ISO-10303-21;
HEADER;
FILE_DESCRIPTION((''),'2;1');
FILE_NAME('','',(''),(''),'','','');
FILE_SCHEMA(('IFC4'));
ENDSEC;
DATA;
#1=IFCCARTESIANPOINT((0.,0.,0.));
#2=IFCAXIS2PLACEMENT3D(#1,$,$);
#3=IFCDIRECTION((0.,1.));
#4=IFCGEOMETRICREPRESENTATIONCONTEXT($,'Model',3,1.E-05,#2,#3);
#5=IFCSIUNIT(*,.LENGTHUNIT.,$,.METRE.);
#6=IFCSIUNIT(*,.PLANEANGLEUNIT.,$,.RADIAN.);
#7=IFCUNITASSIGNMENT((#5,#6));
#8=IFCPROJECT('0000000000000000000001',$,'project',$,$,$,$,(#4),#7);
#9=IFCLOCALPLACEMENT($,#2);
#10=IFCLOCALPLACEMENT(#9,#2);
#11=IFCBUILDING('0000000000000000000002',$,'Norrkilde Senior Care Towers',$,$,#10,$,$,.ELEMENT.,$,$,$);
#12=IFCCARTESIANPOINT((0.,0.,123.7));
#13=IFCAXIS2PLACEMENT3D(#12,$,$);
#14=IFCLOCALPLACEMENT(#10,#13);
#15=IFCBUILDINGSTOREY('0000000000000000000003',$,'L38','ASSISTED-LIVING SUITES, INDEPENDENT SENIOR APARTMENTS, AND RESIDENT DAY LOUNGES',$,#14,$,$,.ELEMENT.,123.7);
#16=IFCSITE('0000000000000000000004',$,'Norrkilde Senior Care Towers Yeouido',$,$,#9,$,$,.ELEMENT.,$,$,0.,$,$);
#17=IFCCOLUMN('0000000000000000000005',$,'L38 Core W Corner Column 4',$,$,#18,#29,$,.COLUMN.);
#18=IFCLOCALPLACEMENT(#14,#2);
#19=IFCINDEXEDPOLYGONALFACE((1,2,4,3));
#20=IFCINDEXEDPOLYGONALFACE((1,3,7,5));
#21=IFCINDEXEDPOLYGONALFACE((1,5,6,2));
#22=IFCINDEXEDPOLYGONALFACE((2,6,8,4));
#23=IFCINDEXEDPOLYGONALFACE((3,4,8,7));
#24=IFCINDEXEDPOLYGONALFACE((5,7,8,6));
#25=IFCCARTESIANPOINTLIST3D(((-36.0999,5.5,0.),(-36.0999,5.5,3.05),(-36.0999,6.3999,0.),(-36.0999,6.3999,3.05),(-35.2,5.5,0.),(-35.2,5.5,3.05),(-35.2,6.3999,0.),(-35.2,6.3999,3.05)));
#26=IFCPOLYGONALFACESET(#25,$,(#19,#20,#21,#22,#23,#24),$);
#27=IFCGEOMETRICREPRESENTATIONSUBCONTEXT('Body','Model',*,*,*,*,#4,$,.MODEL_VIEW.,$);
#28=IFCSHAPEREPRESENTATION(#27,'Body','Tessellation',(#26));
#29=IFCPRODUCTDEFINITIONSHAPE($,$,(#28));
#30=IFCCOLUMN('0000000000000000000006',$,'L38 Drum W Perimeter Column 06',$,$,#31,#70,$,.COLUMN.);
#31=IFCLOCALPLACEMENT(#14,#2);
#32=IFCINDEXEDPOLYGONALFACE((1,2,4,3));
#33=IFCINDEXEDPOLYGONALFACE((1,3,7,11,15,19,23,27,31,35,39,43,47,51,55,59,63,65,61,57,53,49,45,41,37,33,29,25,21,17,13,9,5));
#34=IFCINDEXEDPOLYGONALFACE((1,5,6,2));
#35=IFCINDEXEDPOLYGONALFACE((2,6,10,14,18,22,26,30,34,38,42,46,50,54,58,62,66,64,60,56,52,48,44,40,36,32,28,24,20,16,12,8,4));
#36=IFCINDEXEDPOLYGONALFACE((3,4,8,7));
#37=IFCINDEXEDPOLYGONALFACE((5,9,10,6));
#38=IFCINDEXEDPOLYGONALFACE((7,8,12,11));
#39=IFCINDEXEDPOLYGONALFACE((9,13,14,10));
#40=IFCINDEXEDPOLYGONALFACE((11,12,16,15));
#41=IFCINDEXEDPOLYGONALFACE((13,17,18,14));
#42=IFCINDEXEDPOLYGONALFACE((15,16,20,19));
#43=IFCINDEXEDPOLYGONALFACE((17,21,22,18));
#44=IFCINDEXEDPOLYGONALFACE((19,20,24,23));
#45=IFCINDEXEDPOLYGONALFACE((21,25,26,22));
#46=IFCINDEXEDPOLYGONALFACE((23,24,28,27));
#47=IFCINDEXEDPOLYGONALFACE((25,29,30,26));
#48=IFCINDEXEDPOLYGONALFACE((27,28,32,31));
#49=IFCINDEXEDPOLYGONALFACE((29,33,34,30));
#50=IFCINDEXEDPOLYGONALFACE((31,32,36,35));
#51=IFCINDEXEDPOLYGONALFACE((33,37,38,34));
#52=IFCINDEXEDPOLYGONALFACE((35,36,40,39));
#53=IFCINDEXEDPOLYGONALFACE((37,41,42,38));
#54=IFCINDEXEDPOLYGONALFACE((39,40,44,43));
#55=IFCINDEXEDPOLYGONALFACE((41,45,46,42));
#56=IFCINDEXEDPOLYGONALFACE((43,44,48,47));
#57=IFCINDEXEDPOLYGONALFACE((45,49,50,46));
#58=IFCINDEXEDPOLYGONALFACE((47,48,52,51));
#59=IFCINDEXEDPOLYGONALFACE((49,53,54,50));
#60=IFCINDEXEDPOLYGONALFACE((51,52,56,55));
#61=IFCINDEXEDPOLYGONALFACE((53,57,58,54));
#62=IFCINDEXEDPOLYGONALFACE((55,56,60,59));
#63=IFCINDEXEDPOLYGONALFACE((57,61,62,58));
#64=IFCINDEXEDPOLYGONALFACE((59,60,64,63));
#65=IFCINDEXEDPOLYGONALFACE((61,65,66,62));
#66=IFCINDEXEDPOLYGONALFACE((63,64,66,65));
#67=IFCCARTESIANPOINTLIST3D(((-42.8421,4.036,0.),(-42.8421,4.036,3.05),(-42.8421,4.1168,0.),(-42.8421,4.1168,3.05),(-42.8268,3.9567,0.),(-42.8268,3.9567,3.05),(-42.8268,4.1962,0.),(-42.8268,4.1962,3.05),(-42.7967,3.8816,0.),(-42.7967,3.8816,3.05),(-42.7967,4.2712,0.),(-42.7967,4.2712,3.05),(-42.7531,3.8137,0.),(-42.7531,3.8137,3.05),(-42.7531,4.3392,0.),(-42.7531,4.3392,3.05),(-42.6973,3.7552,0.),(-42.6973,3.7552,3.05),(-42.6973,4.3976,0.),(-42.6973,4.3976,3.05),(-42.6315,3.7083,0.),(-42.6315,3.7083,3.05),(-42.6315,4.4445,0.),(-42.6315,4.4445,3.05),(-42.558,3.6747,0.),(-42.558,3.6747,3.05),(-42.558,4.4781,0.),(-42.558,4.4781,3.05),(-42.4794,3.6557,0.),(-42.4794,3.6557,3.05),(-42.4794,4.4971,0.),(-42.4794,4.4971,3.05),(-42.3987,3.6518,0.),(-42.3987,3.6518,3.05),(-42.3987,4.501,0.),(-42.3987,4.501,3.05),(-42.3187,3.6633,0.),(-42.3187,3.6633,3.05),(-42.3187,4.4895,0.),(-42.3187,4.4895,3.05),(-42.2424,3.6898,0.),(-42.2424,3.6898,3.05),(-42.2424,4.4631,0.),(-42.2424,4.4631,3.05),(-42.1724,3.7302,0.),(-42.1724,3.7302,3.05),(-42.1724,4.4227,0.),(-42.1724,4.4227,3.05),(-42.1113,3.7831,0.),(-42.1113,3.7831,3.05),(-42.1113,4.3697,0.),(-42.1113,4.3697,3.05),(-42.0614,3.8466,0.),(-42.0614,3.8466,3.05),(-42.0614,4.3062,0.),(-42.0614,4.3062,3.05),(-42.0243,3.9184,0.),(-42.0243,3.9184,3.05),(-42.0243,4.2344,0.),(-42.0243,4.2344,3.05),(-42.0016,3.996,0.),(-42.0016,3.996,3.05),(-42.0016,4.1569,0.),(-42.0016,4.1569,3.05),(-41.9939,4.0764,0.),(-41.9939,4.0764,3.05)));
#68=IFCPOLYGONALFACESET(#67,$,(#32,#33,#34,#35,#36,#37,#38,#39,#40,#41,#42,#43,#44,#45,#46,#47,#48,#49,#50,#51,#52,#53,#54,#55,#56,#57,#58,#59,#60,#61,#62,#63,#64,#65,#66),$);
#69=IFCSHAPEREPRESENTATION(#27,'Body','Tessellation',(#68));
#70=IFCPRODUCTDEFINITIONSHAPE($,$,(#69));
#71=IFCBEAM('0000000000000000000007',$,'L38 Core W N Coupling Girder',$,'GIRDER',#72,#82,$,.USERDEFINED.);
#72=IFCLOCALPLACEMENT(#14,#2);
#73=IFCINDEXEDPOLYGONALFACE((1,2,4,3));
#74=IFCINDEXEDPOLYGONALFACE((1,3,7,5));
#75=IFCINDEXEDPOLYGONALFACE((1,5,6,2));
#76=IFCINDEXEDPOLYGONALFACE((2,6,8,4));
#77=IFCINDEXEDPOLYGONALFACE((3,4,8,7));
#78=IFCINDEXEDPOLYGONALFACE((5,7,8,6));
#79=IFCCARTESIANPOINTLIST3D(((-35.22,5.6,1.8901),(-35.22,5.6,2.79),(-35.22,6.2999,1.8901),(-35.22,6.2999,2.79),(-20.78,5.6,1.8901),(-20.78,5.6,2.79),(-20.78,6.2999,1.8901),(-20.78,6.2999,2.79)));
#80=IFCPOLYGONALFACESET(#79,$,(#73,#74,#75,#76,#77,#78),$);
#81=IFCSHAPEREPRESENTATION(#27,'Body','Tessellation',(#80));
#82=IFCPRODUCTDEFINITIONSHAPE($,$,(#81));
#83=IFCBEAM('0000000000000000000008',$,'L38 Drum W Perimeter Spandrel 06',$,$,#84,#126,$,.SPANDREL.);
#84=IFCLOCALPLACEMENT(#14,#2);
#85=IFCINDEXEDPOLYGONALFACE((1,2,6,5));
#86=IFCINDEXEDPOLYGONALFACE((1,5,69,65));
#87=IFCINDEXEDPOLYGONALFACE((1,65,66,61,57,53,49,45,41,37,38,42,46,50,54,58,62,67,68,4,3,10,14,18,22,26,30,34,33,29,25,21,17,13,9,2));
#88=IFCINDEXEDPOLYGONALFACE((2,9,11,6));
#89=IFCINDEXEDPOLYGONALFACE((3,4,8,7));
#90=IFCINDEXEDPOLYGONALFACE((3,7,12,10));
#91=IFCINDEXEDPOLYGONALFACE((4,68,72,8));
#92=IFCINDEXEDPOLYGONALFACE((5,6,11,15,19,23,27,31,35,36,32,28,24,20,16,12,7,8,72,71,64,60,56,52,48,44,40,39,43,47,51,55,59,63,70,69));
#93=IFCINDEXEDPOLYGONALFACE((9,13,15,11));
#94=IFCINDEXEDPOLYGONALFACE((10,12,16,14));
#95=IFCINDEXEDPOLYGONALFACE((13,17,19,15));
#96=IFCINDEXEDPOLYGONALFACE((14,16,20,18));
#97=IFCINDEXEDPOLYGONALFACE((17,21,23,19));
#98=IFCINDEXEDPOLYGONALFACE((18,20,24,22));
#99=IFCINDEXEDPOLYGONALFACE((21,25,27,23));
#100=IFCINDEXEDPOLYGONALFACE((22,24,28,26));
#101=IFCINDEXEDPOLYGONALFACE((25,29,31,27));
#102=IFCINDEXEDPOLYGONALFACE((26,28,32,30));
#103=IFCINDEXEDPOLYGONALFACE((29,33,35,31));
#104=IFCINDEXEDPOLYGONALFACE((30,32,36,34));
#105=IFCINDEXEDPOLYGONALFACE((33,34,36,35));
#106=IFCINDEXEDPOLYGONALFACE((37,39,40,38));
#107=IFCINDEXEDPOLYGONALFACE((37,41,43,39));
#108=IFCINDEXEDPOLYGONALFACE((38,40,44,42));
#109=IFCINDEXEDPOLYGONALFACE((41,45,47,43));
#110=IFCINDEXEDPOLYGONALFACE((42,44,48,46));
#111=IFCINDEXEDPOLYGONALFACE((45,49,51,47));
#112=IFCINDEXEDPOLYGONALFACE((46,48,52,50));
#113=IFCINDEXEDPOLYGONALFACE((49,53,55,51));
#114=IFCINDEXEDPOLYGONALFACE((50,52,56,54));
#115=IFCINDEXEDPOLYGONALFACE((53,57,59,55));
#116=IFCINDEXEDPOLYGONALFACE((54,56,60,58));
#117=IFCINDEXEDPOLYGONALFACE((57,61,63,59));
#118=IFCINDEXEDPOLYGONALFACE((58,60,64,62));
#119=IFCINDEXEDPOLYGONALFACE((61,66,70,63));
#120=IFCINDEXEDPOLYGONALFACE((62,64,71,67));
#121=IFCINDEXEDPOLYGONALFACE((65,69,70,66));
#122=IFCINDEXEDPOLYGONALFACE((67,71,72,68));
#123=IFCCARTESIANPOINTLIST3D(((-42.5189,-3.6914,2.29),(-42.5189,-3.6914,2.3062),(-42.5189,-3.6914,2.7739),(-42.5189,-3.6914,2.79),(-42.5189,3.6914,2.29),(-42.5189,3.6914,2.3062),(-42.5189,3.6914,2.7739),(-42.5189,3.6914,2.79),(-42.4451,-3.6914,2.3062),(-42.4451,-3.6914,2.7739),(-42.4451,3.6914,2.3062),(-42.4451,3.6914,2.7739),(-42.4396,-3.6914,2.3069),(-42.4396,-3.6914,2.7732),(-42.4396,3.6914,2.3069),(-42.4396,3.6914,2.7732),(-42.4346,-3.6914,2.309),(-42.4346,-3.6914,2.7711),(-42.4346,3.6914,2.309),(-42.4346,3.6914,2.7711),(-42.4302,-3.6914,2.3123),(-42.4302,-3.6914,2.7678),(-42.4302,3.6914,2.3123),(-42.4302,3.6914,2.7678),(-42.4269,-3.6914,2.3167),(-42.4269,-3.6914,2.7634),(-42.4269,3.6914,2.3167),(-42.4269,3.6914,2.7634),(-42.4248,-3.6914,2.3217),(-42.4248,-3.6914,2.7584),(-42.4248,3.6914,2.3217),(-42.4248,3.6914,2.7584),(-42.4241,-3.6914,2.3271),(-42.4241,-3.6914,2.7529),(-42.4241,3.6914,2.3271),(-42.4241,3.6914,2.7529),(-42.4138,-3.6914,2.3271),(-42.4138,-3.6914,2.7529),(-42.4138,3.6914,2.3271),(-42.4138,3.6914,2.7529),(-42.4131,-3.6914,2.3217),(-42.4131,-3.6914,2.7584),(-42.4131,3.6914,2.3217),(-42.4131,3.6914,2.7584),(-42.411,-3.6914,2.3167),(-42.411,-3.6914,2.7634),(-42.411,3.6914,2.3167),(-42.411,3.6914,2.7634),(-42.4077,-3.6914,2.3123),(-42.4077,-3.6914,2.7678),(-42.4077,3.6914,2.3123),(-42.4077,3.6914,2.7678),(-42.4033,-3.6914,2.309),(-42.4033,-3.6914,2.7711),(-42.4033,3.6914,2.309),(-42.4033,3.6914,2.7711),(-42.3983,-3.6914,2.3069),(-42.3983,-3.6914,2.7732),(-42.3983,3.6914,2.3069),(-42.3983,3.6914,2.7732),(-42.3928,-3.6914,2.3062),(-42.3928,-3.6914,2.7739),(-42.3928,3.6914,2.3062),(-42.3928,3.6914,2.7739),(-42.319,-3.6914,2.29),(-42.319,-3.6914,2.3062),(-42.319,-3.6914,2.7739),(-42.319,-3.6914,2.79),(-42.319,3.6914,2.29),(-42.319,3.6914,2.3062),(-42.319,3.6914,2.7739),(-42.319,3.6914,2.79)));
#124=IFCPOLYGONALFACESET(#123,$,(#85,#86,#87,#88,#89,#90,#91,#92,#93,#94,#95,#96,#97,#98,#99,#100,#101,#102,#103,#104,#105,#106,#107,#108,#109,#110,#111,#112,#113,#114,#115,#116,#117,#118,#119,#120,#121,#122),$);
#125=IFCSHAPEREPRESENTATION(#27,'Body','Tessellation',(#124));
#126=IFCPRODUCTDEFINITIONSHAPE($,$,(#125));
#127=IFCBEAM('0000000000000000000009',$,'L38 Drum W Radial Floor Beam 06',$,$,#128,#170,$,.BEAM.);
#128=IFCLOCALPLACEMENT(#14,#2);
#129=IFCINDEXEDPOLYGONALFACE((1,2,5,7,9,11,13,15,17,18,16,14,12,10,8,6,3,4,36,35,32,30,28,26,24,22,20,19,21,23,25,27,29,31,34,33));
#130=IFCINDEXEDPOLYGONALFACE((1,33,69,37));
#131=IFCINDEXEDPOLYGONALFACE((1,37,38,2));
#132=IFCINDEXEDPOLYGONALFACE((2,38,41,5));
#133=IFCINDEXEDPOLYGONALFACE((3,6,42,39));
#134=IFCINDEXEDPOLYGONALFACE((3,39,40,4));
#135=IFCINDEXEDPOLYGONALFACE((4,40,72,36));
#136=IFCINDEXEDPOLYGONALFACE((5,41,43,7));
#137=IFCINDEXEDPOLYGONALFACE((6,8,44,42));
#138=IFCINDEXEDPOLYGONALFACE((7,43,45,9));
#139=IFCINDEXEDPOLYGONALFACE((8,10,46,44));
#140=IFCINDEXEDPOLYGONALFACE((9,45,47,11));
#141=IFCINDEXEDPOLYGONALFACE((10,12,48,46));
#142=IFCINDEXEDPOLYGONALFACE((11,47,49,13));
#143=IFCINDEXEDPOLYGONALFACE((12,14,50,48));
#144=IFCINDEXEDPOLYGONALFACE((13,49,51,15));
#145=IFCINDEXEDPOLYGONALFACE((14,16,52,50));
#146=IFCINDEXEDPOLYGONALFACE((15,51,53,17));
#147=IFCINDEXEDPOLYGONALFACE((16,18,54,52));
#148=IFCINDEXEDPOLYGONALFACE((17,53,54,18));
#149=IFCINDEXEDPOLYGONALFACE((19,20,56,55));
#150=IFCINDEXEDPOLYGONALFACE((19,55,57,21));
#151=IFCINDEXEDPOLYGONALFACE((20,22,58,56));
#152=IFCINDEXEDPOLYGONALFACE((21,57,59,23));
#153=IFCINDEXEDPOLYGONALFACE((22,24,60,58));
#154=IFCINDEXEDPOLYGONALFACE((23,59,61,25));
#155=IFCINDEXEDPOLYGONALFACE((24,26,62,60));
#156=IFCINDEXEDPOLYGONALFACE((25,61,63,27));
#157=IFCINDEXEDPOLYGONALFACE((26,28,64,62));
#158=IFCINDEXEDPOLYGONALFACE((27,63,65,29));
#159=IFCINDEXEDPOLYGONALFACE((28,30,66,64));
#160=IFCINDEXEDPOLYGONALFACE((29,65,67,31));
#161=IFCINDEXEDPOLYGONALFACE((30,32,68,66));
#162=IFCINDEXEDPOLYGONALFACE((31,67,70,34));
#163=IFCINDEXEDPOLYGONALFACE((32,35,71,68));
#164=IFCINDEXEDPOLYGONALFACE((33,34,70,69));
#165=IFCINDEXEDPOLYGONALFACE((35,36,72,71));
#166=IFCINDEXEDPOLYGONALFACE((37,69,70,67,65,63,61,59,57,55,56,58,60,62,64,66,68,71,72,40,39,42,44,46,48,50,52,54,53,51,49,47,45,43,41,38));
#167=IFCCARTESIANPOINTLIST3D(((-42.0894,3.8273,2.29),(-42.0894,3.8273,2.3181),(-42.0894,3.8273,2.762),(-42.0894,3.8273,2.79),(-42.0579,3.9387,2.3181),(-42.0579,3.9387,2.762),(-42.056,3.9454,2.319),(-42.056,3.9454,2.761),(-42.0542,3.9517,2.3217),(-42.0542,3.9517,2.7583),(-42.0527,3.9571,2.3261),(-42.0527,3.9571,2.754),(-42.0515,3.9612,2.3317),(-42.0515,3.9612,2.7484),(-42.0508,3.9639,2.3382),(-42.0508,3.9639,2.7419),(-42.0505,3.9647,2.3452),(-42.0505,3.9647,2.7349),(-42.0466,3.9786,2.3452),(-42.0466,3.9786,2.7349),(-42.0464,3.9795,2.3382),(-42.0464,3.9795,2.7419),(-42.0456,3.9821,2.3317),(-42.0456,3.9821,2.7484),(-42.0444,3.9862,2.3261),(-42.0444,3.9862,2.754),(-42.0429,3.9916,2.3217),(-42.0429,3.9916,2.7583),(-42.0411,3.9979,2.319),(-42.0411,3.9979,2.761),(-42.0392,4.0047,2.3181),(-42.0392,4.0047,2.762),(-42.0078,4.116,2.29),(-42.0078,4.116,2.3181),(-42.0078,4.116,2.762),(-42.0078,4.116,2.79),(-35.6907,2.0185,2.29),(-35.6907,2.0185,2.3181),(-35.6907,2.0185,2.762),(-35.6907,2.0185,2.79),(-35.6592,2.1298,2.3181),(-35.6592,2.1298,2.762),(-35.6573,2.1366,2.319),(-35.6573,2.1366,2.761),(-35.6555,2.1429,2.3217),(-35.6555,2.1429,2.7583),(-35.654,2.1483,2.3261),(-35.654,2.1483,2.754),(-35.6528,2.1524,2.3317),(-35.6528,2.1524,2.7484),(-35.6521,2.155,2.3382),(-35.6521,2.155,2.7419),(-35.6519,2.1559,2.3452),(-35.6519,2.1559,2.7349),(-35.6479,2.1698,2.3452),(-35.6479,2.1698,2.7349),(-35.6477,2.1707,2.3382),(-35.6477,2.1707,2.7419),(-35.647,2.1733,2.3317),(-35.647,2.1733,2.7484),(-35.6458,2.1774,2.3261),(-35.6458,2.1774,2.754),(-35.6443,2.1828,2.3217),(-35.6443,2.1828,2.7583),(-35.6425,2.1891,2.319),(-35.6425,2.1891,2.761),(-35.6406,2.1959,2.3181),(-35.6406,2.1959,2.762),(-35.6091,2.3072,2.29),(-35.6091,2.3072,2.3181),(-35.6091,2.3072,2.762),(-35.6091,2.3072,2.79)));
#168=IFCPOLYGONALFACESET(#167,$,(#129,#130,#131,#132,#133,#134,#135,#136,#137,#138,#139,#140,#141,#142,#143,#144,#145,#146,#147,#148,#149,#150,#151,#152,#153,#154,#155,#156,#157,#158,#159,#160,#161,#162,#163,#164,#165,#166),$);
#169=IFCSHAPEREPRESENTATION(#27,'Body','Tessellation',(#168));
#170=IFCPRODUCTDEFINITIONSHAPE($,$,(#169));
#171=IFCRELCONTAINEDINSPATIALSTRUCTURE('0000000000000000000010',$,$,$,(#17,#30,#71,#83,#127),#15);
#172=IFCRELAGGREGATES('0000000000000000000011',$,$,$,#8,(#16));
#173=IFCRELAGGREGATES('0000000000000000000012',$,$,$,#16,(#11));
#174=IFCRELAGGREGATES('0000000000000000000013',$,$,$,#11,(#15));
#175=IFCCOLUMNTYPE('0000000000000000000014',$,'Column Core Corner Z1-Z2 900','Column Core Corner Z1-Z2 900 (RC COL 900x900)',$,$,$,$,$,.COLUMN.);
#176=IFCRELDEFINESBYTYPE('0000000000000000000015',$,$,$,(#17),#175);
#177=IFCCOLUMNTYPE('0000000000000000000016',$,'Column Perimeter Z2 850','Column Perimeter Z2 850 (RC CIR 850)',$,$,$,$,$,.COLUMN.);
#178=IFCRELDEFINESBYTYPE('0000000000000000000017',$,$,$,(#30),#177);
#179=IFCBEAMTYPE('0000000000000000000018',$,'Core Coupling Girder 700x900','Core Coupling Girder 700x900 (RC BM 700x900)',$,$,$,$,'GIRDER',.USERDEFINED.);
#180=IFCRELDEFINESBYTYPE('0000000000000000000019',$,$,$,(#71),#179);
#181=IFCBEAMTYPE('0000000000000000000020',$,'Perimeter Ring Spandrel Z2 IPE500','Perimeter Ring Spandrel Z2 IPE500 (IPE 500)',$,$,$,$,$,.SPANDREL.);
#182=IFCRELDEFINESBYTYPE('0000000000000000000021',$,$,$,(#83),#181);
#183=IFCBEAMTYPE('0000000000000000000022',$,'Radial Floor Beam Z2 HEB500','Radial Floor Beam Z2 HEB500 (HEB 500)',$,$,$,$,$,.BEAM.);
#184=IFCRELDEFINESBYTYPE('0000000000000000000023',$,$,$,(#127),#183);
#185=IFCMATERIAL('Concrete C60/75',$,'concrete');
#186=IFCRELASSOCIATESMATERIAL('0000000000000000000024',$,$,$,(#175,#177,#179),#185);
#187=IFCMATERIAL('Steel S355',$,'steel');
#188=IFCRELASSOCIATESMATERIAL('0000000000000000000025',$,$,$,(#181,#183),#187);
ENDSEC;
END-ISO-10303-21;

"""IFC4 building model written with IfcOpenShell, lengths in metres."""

from ifc_helpers import new_model, si_unit, direction, frame, origin, origin_2d, place, context, subcontext, project, spatial, rectangle, circle, i_section, extrude, source, transform, mapped, material, material_profile, profile_set, type_object, type_shapes, element, save


model = new_model("IFC4")

# Units and contexts
model_context = context("Model", 3, precision=1e-05, world=origin(), true_north=direction((0.0, 1.0)))
body_context = subcontext(model_context, "Body", "Model", "MODEL_VIEW")
ifc_project = project(units=[si_unit("LENGTHUNIT", "METRE"), si_unit("PLANEANGLEUNIT", "RADIAN")], contexts=[model_context])

# Site, building, storey
site_placement = place(None, origin())
site = spatial("IfcSite", under=ifc_project, at=site_placement, Name="Norrkilde Senior Care Towers Yeouido", CompositionType="ELEMENT", RefElevation=0.0)
building_placement = place(site_placement, origin())
building = spatial("IfcBuilding", under=site, at=building_placement, Name="Norrkilde Senior Care Towers", CompositionType="ELEMENT")
storey_placement = place(building_placement, frame((0.0, 0.0, 123.7)))
storey = spatial("IfcBuildingStorey", under=building, at=storey_placement, Name="L38", Description="ASSISTED-LIVING SUITES, INDEPENDENT SENIOR APARTMENTS, AND RESIDENT DAY LOUNGES", CompositionType="ELEMENT", Elevation=123.7)

# Columns
ifc_material_1 = material(Name="Concrete C60/75", Category="concrete")
ifc_material_profile_1 = material_profile(ifc_material_1, rectangle(XDim=0.8999, YDim=0.8999, at=origin_2d()), Name="RC COL 900x900")
ifc_profile_set_1 = profile_set([ifc_material_profile_1], Name="Concrete C60/75")
column_type_1 = type_object("IfcColumnType", Name="Column Core Corner Z1-Z2 900", Description="Column Core Corner Z1-Z2 900 (RC COL 900x900)", PredefinedType="COLUMN", material=ifc_profile_set_1)
shared_shape_1 = source(origin(), body_context, "Body", "SweptSolid", [
    extrude(rectangle(XDim=0.8999, YDim=0.8999, at=origin_2d()), origin(), (0.0, 0.0, 1.0), 3.05),
])
type_shapes(column_type_1, [shared_shape_1])
column_1_placement = place(storey_placement, frame((-35.6499, 5.95, 0.0), z_axis=(0.0, 0.0, 1.0), x_axis=(1.0, 0.0, 0.0)))
element("IfcColumn", 1, at=column_1_placement, inside=storey, type_object=column_type_1, Name="L38 Core W Corner Column 4", PredefinedType="COLUMN", context=body_context, shape_type="MappedRepresentation", body=[
    mapped(shared_shape_1, transform((0.0, 0.0, 0.0), x_axis=(1.0, 0.0, 0.0), y_axis=(0.0, 1.0, 0.0), z_axis=(0.0, 0.0, 1.0), scale=1.0)),
])
ifc_material_profile_2 = material_profile(ifc_material_1, circle(Radius=0.425, at=origin_2d()), Name="RC CIR 850")
ifc_profile_set_2 = profile_set([ifc_material_profile_2], Name="Concrete C60/75")
column_type_2 = type_object("IfcColumnType", Name="Column Perimeter Z2 850", Description="Column Perimeter Z2 850 (RC CIR 850)", PredefinedType="COLUMN", material=ifc_profile_set_2)
shared_shape_2 = source(origin(), body_context, "Body", "SweptSolid", [
    extrude(circle(Radius=0.425, at=origin_2d()), origin(), (0.0, 0.0, 1.0), 3.05),
])
type_shapes(column_type_2, [shared_shape_2])
column_2_placement = place(storey_placement, frame((-42.4189, 4.0764, 0.0), z_axis=(0.0, 0.0, 1.0), x_axis=(1.0, 0.0, 0.0)))
element("IfcColumn", 2, at=column_2_placement, inside=storey, type_object=column_type_2, Name="L38 Drum W Perimeter Column 06", PredefinedType="COLUMN", context=body_context, shape_type="MappedRepresentation", body=[
    mapped(shared_shape_2, transform((0.0, 0.0, 0.0), x_axis=(1.0, 0.0, 0.0), y_axis=(0.0, 1.0, 0.0), z_axis=(0.0, 0.0, 1.0), scale=1.0)),
])

# Beams
ifc_material_profile_3 = material_profile(ifc_material_1, rectangle(XDim=0.7, YDim=0.8999, at=origin_2d()), Name="RC BM 700x900")
ifc_profile_set_3 = profile_set([ifc_material_profile_3], Name="Concrete C60/75")
beam_type_1 = type_object("IfcBeamType", Name="Core Coupling Girder 700x900", Description="Core Coupling Girder 700x900 (RC BM 700x900)", ElementType="GIRDER", PredefinedType="USERDEFINED", material=ifc_profile_set_3)
shared_shape_3 = source(origin(), body_context, "Body", "SweptSolid", [
    extrude(rectangle(XDim=0.7, YDim=0.8999, at=origin_2d()), origin(), (0.0, 0.0, 1.0), 14.4399),
])
type_shapes(beam_type_1, [shared_shape_3])
beam_1_placement = place(storey_placement, frame((-35.22, 5.95, 2.3401), z_axis=(1.0, 0.0, 0.0), x_axis=(0.0, 1.0, 0.0)))
element("IfcBeam", 3, at=beam_1_placement, inside=storey, type_object=beam_type_1, Name="L38 Core W N Coupling Girder", ObjectType="GIRDER", PredefinedType="USERDEFINED", context=body_context, shape_type="MappedRepresentation", body=[
    mapped(shared_shape_3, transform((0.0, 0.0, 0.0), x_axis=(1.0, 0.0, 0.0), y_axis=(0.0, 1.0, 0.0), z_axis=(0.0, 0.0, 1.0), scale=1.0)),
])
ifc_material_2 = material(Name="Steel S355", Category="steel")
ifc_material_profile_4 = material_profile(ifc_material_2, i_section(OverallWidth=0.2, OverallDepth=0.5, WebThickness=0.0103, FlangeThickness=0.0161, FilletRadius=0.021, at=origin_2d()), Name="IPE 500")
ifc_profile_set_4 = profile_set([ifc_material_profile_4], Name="Steel S355")
beam_type_2 = type_object("IfcBeamType", Name="Perimeter Ring Spandrel Z2 IPE500", Description="Perimeter Ring Spandrel Z2 IPE500 (IPE 500)", PredefinedType="SPANDREL", material=ifc_profile_set_4)
shared_shape_4 = source(origin(), body_context, "Body", "SweptSolid", [
    extrude(i_section(OverallWidth=0.2, OverallDepth=0.5, WebThickness=0.0103, FlangeThickness=0.0161, FilletRadius=0.021, at=origin_2d()), origin(), (0.0, 0.0, 1.0), 7.3828),
])
type_shapes(beam_type_2, [shared_shape_4])
beam_2_placement = place(storey_placement, frame((-42.4189, 3.6914, 2.54), z_axis=(0.0, -1.0, 0.0), x_axis=(1.0, 0.0, 0.0)))
element("IfcBeam", 4, at=beam_2_placement, inside=storey, type_object=beam_type_2, Name="L38 Drum W Perimeter Spandrel 06", PredefinedType="SPANDREL", context=body_context, shape_type="MappedRepresentation", body=[
    mapped(shared_shape_4, transform((0.0, 0.0, 0.0), x_axis=(1.0, 0.0, 0.0), y_axis=(0.0, 1.0, 0.0), z_axis=(0.0, 0.0, 1.0), scale=1.0)),
])
ifc_material_profile_5 = material_profile(ifc_material_2, i_section(OverallWidth=0.3, OverallDepth=0.5, WebThickness=0.0144, FlangeThickness=0.0281, FilletRadius=0.0271, at=origin_2d()), Name="HEB 500")
ifc_profile_set_5 = profile_set([ifc_material_profile_5], Name="Steel S355")
beam_type_3 = type_object("IfcBeamType", Name="Radial Floor Beam Z2 HEB500", Description="Radial Floor Beam Z2 HEB500 (HEB 500)", PredefinedType="BEAM", material=ifc_profile_set_5)
shared_shape_5 = source(origin(), body_context, "Body", "SweptSolid", [
    extrude(i_section(OverallWidth=0.3, OverallDepth=0.5, WebThickness=0.0144, FlangeThickness=0.0281, FilletRadius=0.0271, at=origin_2d()), origin(), (0.0, 0.0, 1.0), 6.6494),
])
type_shapes(beam_type_3, [shared_shape_5])
beam_3_placement = place(storey_placement, frame((-35.6499, 2.1628, 2.54), z_axis=(-0.962289, 0.272029, 0.0), x_axis=(-0.272029, -0.962289, 0.0)))
element("IfcBeam", 5, at=beam_3_placement, inside=storey, type_object=beam_type_3, Name="L38 Drum W Radial Floor Beam 06", PredefinedType="BEAM", context=body_context, shape_type="MappedRepresentation", body=[
    mapped(shared_shape_5, transform((0.0, 0.0, 0.0), x_axis=(1.0, 0.0, 0.0), y_axis=(0.0, 1.0, 0.0), z_axis=(0.0, 0.0, 1.0), scale=1.0)),
])

save(model, "model.ifc")
